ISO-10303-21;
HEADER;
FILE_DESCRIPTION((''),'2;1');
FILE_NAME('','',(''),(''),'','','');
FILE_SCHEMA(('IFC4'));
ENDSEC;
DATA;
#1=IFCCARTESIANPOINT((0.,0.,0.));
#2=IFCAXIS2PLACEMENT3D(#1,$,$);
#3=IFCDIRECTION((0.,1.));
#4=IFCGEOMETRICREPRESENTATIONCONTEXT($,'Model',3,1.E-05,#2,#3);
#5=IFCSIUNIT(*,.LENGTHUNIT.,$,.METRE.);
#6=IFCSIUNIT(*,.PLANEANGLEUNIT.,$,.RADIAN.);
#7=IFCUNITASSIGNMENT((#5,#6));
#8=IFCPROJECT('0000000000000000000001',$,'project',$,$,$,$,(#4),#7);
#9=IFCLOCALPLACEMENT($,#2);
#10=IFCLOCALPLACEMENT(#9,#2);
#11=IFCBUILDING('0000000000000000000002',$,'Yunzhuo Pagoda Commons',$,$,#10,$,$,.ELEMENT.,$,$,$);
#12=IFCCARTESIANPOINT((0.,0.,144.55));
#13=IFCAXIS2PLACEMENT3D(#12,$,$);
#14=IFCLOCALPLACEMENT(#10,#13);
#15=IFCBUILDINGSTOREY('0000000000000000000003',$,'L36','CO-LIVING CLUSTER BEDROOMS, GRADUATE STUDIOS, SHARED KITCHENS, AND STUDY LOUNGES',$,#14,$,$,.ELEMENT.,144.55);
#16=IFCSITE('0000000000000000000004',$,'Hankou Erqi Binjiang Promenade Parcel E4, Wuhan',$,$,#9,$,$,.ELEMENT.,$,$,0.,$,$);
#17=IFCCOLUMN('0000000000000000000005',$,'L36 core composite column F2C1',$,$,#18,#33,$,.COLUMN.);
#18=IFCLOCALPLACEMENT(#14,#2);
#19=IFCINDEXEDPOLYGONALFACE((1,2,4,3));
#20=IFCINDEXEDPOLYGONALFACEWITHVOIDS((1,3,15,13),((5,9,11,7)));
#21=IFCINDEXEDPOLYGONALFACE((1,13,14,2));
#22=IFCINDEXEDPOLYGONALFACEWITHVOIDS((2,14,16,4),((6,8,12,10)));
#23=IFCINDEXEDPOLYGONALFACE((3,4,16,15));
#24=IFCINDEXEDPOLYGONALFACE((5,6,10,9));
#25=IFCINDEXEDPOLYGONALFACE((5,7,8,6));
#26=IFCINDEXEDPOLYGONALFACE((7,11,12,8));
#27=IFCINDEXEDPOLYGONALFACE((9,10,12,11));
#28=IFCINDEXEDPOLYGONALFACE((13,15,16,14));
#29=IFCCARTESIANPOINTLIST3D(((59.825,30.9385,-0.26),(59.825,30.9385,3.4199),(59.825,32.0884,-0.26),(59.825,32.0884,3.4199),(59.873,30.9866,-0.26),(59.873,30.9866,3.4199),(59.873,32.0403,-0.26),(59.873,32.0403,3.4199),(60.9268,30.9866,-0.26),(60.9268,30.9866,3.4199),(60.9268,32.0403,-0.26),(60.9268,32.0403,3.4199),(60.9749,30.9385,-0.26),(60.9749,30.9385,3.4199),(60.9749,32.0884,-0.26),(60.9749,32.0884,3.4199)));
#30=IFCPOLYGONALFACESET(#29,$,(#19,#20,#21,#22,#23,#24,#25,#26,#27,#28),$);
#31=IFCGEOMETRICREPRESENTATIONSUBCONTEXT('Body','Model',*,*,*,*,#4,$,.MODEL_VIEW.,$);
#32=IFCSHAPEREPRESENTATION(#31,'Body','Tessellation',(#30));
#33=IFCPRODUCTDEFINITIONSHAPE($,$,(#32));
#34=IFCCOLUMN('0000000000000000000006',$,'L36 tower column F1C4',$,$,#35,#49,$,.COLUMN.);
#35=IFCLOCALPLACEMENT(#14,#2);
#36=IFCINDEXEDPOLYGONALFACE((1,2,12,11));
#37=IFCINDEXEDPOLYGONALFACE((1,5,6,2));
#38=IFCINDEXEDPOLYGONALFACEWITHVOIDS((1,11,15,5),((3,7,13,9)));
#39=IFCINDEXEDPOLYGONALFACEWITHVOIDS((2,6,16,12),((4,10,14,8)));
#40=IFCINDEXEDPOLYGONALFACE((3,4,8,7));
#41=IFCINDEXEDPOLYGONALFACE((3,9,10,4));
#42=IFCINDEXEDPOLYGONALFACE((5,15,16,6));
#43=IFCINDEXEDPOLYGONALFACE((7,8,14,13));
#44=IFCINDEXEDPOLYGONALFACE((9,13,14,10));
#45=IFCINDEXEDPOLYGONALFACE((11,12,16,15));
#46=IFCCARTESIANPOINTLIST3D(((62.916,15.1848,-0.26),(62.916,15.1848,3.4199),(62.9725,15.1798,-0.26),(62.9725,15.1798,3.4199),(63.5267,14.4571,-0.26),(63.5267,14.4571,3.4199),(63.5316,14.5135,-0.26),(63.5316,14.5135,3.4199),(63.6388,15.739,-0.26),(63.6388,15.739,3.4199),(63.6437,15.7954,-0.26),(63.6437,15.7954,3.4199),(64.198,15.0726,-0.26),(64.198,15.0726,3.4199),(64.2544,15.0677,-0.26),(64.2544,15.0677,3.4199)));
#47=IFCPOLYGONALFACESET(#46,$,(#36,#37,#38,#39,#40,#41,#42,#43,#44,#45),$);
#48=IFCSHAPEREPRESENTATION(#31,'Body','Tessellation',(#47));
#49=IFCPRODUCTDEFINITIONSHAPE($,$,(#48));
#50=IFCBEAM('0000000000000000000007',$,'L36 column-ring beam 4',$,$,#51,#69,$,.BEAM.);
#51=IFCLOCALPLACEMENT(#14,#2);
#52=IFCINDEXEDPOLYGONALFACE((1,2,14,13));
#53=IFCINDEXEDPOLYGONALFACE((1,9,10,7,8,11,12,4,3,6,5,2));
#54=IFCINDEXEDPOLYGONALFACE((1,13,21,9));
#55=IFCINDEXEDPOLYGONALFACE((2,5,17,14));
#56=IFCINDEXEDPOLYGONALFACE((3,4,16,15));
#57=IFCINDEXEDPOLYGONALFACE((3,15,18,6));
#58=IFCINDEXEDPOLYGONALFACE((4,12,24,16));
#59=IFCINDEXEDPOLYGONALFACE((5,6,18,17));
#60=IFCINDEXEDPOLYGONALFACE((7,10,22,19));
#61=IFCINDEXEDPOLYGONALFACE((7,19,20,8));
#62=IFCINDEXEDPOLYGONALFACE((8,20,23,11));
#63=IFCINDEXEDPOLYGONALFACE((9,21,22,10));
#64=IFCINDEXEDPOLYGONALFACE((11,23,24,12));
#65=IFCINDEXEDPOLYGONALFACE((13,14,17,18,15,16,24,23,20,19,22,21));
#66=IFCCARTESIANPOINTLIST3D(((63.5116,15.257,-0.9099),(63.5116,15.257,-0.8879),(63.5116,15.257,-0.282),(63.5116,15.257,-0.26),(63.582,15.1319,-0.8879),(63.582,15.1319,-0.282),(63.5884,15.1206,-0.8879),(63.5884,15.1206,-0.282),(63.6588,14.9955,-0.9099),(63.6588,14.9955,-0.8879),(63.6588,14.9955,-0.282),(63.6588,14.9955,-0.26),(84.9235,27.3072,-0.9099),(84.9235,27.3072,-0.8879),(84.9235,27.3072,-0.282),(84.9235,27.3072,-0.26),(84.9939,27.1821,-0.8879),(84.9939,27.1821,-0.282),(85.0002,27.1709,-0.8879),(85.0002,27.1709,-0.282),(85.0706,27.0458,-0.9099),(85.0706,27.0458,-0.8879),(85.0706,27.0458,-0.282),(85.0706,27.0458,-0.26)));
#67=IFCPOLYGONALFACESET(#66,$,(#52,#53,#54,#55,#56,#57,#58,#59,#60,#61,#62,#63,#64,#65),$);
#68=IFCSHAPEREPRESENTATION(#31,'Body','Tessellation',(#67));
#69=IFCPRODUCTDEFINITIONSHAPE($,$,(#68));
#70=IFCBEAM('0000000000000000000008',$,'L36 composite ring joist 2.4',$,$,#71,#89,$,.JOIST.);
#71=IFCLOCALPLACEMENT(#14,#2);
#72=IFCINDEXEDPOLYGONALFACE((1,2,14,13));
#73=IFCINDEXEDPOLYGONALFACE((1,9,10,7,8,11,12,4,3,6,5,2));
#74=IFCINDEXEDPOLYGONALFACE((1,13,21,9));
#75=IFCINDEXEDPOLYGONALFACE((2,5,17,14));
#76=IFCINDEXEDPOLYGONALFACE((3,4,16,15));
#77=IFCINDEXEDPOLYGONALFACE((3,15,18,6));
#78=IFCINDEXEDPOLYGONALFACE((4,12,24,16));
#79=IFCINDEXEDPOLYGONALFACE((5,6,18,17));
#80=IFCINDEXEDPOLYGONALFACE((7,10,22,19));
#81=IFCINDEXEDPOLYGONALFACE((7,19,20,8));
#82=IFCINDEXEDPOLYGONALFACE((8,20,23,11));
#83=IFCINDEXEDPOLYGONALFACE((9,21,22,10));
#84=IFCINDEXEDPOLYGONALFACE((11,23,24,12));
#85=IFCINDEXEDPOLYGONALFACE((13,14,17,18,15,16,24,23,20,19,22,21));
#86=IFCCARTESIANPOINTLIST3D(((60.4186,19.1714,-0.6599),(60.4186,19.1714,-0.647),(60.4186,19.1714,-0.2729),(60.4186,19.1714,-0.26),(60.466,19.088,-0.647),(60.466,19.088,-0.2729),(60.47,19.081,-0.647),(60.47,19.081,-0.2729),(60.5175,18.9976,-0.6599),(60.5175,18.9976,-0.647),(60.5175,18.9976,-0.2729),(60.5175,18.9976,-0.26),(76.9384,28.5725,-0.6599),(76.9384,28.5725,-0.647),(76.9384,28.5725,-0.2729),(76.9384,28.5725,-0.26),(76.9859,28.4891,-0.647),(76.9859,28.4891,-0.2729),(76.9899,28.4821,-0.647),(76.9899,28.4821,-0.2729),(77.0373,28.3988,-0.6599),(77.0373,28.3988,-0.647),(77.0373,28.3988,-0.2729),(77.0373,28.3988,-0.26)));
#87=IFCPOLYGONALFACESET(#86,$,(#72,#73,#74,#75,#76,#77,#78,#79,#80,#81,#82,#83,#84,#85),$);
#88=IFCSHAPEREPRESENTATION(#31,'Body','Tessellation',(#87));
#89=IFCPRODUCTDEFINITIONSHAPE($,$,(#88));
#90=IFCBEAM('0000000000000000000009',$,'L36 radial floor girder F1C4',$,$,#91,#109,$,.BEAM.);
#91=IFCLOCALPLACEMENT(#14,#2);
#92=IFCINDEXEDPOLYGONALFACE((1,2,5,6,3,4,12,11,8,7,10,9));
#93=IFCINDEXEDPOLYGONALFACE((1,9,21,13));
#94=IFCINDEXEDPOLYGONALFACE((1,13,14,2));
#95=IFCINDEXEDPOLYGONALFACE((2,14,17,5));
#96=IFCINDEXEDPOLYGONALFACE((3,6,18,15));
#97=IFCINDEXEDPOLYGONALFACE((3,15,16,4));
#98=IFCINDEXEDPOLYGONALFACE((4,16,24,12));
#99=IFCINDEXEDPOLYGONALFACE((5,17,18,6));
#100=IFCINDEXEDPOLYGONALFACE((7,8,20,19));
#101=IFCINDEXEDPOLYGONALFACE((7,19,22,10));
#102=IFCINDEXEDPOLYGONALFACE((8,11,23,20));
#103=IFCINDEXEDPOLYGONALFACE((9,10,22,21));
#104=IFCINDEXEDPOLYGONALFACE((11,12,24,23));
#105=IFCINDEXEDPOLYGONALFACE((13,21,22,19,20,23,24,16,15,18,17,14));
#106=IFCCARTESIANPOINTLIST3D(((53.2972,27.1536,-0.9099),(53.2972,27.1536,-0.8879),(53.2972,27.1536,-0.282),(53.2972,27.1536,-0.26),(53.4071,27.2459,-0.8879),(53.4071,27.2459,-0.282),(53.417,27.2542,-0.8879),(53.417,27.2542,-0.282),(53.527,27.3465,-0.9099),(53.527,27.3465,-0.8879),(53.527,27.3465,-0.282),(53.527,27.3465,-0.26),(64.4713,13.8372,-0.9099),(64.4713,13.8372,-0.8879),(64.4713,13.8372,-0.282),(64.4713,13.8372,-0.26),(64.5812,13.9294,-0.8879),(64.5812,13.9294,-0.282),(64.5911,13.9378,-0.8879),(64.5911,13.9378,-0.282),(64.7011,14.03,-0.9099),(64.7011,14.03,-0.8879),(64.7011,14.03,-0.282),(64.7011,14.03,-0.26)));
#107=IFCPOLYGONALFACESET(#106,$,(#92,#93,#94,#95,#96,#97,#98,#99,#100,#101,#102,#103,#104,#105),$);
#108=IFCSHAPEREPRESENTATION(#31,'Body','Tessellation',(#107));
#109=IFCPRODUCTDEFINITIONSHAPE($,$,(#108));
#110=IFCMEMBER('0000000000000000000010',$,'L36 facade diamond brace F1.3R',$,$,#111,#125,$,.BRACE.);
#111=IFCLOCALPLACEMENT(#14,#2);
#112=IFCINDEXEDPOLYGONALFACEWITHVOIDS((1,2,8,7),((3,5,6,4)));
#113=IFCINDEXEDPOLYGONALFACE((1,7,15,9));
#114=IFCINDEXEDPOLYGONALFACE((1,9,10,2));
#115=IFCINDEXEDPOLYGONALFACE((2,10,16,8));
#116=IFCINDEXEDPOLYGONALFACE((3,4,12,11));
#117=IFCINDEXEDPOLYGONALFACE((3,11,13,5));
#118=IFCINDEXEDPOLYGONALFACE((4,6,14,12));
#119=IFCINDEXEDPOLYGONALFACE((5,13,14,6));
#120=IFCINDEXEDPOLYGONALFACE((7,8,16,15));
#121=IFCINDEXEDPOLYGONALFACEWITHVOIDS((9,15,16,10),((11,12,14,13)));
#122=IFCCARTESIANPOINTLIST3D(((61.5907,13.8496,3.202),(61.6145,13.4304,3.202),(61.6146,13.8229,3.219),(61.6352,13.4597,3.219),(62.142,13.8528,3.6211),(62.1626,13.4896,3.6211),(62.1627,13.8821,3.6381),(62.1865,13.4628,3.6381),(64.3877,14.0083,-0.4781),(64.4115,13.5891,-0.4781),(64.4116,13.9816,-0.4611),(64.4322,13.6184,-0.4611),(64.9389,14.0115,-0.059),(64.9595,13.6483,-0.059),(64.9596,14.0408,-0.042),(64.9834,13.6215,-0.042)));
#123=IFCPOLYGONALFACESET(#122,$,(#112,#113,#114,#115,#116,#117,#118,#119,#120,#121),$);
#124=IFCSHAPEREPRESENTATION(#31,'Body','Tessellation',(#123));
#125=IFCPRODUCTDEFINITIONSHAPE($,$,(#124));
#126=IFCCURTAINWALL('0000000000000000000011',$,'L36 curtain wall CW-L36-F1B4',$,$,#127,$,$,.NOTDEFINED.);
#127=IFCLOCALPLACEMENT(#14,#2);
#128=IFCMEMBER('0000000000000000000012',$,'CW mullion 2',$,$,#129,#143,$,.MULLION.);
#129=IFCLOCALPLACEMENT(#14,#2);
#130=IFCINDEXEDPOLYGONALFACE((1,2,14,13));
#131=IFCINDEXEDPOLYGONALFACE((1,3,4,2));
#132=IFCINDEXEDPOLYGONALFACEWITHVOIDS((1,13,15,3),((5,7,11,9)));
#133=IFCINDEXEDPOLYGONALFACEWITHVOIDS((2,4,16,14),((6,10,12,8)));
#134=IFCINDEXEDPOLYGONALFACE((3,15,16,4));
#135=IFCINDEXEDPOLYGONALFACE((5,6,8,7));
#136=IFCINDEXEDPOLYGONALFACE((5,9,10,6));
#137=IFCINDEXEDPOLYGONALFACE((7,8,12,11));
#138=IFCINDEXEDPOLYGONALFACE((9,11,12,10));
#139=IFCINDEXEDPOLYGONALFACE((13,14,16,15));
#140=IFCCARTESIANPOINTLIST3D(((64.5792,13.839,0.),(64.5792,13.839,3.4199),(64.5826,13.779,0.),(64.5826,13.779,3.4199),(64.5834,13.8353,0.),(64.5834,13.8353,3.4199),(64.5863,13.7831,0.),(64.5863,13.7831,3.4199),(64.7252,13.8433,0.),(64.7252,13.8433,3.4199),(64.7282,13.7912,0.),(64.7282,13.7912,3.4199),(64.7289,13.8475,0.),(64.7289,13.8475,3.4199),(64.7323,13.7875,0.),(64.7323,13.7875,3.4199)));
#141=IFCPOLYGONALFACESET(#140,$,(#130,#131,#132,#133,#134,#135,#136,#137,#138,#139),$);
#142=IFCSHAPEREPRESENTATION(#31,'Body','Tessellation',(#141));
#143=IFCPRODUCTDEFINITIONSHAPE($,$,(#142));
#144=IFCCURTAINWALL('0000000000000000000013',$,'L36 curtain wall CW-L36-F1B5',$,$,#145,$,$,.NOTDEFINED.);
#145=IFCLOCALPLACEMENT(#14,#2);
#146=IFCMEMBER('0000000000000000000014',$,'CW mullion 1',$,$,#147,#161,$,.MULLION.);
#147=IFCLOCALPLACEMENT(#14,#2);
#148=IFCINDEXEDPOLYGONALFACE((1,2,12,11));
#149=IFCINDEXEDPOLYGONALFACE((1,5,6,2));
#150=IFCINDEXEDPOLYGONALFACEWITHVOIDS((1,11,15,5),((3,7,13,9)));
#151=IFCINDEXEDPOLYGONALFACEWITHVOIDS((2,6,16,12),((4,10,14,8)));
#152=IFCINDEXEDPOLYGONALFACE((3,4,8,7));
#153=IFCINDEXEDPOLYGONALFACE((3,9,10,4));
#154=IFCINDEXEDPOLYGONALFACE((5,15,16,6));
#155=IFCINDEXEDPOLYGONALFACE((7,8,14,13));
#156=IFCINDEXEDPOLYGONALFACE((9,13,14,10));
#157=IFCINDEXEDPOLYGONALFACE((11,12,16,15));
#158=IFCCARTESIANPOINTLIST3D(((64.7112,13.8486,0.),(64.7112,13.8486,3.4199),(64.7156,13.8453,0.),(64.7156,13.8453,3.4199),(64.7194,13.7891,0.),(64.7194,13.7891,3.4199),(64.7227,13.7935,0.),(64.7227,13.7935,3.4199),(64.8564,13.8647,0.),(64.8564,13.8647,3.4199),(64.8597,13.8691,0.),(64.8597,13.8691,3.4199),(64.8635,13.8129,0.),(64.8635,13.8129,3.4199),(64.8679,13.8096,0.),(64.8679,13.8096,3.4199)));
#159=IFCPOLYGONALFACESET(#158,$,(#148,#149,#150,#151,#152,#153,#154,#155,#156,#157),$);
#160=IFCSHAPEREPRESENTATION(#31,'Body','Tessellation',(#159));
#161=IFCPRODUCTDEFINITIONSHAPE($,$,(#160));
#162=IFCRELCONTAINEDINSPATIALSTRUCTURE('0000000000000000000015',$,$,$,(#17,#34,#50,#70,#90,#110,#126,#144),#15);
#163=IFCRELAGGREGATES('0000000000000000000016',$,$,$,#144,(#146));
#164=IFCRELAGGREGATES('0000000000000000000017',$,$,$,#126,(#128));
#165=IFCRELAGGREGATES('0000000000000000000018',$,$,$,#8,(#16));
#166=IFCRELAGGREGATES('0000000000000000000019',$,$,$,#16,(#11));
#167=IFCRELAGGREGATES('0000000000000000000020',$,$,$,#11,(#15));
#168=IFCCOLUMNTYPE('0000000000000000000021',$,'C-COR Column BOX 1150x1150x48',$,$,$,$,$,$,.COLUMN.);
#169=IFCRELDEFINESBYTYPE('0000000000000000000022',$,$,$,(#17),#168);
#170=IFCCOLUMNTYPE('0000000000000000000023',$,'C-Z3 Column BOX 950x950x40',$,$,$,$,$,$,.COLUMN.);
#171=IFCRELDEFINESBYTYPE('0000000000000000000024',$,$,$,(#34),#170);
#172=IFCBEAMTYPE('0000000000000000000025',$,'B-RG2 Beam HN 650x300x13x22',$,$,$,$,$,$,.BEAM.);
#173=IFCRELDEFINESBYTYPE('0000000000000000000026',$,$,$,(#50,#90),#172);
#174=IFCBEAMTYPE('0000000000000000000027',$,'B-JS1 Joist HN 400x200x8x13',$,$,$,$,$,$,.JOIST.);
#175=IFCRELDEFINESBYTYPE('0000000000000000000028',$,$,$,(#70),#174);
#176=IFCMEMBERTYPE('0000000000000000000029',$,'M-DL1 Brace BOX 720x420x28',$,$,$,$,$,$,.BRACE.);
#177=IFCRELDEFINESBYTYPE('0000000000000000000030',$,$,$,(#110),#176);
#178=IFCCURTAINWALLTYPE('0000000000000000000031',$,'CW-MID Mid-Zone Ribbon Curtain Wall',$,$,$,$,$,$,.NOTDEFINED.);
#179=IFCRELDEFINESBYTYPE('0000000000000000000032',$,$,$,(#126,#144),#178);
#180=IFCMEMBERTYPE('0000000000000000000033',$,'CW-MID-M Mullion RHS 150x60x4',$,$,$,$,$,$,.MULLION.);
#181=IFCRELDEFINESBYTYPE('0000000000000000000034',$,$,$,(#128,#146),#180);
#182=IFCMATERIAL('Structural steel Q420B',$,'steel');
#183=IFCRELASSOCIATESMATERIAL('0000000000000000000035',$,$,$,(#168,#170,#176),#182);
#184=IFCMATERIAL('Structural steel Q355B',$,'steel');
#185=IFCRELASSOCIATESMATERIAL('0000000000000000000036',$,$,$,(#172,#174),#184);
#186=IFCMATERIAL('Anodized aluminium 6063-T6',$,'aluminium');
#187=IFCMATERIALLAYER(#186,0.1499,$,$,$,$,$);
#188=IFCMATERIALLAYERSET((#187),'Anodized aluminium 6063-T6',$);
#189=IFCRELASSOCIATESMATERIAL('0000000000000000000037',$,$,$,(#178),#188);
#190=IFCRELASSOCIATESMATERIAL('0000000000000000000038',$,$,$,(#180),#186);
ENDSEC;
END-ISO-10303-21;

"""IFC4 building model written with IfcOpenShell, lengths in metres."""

from ifc_helpers import new_model, si_unit, direction, frame, origin, origin_2d, place, context, subcontext, project, spatial, hollow_rectangle, i_section, extrude, source, transform, mapped, material, layer, layer_set, material_profile, profile_set, type_object, element, aggregate, save


model = new_model("IFC4")

# Units and contexts
model_context = context("Model", 3, precision=1e-05, world=origin(), true_north=direction((0.0, 1.0)))
body_context = subcontext(model_context, "Body", "Model", "MODEL_VIEW")
ifc_project = project(units=[si_unit("LENGTHUNIT", "METRE"), si_unit("PLANEANGLEUNIT", "RADIAN")], contexts=[model_context])

# Site, building, storey
site_placement = place(None, origin())
site = spatial("IfcSite", under=ifc_project, at=site_placement, Name="Hankou Erqi Binjiang Promenade Parcel E4, Wuhan", CompositionType="ELEMENT", RefElevation=0.0)
building_placement = place(site_placement, origin())
building = spatial("IfcBuilding", under=site, at=building_placement, Name="Yunzhuo Pagoda Commons", CompositionType="ELEMENT")
storey_placement = place(building_placement, frame((0.0, 0.0, 144.55)))
storey = spatial("IfcBuildingStorey", under=building, at=storey_placement, Name="L36", Description="CO-LIVING CLUSTER BEDROOMS, GRADUATE STUDIOS, SHARED KITCHENS, AND STUDY LOUNGES", CompositionType="ELEMENT", Elevation=144.55)

# Columns
ifc_material_1 = material(Name="Structural steel Q420B", Category="steel")
ifc_material_profile_1 = material_profile(ifc_material_1, hollow_rectangle(XDim=1.1499, YDim=1.1499, WallThickness=0.0481, at=origin_2d()), Name="Structural steel Q420B")
ifc_profile_set_1 = profile_set([ifc_material_profile_1], Name="Structural steel Q420B")
column_type_1 = type_object("IfcColumnType", Name="C-COR Column BOX 1150x1150x48", PredefinedType="COLUMN", material=ifc_profile_set_1)
shared_shape_1 = source(origin(), body_context, "Body", "SweptSolid", [
    extrude(hollow_rectangle(XDim=1.1499, YDim=1.1499, WallThickness=0.0481, at=origin_2d()), origin(), (0.0, 0.0, 1.0), 3.6799),
])
column_1_placement = place(storey_placement, frame((60.3999, 31.5134, -0.26), z_axis=(0.0, 0.0, 1.0), x_axis=(1.0, 0.0, 0.0)))
element("IfcColumn", 1, at=column_1_placement, inside=storey, type_object=column_type_1, Name="L36 core composite column F2C1", PredefinedType="COLUMN", context=body_context, shape_type="MappedRepresentation", body=[
    mapped(shared_shape_1, transform((0.0, 0.0, 0.0), scale=1.0)),
])
ifc_material_profile_2 = material_profile(ifc_material_1, hollow_rectangle(XDim=0.95, YDim=0.95, WallThickness=0.04, at=origin_2d()), Name="Structural steel Q420B")
ifc_profile_set_2 = profile_set([ifc_material_profile_2], Name="Structural steel Q420B")
column_type_2 = type_object("IfcColumnType", Name="C-Z3 Column BOX 950x950x40", PredefinedType="COLUMN", material=ifc_profile_set_2)
shared_shape_2 = source(origin(), body_context, "Body", "SweptSolid", [
    extrude(hollow_rectangle(XDim=0.95, YDim=0.95, WallThickness=0.04, at=origin_2d()), origin(), (0.0, 0.0, 1.0), 3.6799),
])
column_2_placement = place(storey_placement, frame((63.5852, 15.1262, -0.26), z_axis=(0.0, 0.0, 1.0), x_axis=(0.766044, 0.642788, 0.0)))
element("IfcColumn", 2, at=column_2_placement, inside=storey, type_object=column_type_2, Name="L36 tower column F1C4", PredefinedType="COLUMN", context=body_context, shape_type="MappedRepresentation", body=[
    mapped(shared_shape_2, transform((0.0, 0.0, 0.0), scale=1.0)),
])

# Beams
ifc_material_2 = material(Name="Structural steel Q355B", Category="steel")
ifc_material_profile_3 = material_profile(ifc_material_2, i_section(OverallWidth=0.3, OverallDepth=0.6499, WebThickness=0.0129, FlangeThickness=0.022, at=origin_2d()), Name="Structural steel Q355B")
ifc_profile_set_3 = profile_set([ifc_material_profile_3], Name="Structural steel Q355B")
beam_type_1 = type_object("IfcBeamType", Name="B-RG2 Beam HN 650x300x13x22", PredefinedType="BEAM", material=ifc_profile_set_3)
shared_shape_3 = source(origin(), body_context, "Body", "SweptSolid", [
    extrude(i_section(OverallWidth=0.3, OverallDepth=0.6499, WebThickness=0.0129, FlangeThickness=0.022, at=origin_2d()), origin(), (0.0, 0.0, 1.0), 24.5698),
])
beam_1_placement = place(storey_placement, frame((63.5852, 15.1262, -0.585), z_axis=(0.871469, 0.49045, 0.0), x_axis=(-0.49045, 0.871469, 0.0)))
element("IfcBeam", 3, at=beam_1_placement, inside=storey, type_object=beam_type_1, Name="L36 column-ring beam 4", PredefinedType="BEAM", context=body_context, shape_type="MappedRepresentation", body=[
    mapped(shared_shape_3, transform((0.0, 0.0, 0.0), scale=1.0)),
])
ifc_material_profile_4 = material_profile(ifc_material_2, i_section(OverallWidth=0.2, OverallDepth=0.3999, WebThickness=0.0081, FlangeThickness=0.0129, at=origin_2d()), Name="Structural steel Q355B")
ifc_profile_set_4 = profile_set([ifc_material_profile_4], Name="Structural steel Q355B")
beam_type_2 = type_object("IfcBeamType", Name="B-JS1 Joist HN 400x200x8x13", PredefinedType="JOIST", material=ifc_profile_set_4)
shared_shape_4 = source(origin(), body_context, "Body", "SweptSolid", [
    extrude(i_section(OverallWidth=0.2, OverallDepth=0.3999, WebThickness=0.0081, FlangeThickness=0.0129, at=origin_2d()), origin(), (0.0, 0.0, 1.0), 19.0076),
])
beam_2_placement = place(storey_placement, frame((60.468, 19.0845, -0.46), z_axis=(0.86912, 0.494601, 0.0), x_axis=(-0.494601, 0.86912, 0.0)))
element("IfcBeam", 4, at=beam_2_placement, inside=storey, type_object=beam_type_2, Name="L36 composite ring joist 2.4", PredefinedType="JOIST", context=body_context, shape_type="MappedRepresentation", body=[
    mapped(shared_shape_4, transform((0.0, 0.0, 0.0), scale=1.0)),
])
shared_shape_5 = source(origin(), body_context, "Body", "SweptSolid", [
    extrude(i_section(OverallWidth=0.3, OverallDepth=0.6499, WebThickness=0.0129, FlangeThickness=0.022, at=origin_2d()), origin(), (0.0, 0.0, 1.0), 17.3835),
])
beam_3_placement = place(storey_placement, frame((64.5862, 13.9336, -0.585), z_axis=(-0.642797, 0.766036, 0.0), x_axis=(-0.766036, -0.642797, 0.0)))
element("IfcBeam", 5, at=beam_3_placement, inside=storey, type_object=beam_type_1, Name="L36 radial floor girder F1C4", PredefinedType="BEAM", context=body_context, shape_type="MappedRepresentation", body=[
    mapped(shared_shape_5, transform((0.0, 0.0, 0.0), scale=1.0)),
])

# Member
ifc_material_profile_5 = material_profile(ifc_material_1, hollow_rectangle(XDim=0.4199, YDim=0.72, WallThickness=0.0281, at=origin_2d()), Name="Structural steel Q420B")
ifc_profile_set_5 = profile_set([ifc_material_profile_5], Name="Structural steel Q420B")
member_type_1 = type_object("IfcMemberType", Name="M-DL1 Brace BOX 720x420x28", PredefinedType="BRACE", material=ifc_profile_set_5)
shared_shape_6 = source(origin(), body_context, "Body", "SweptSolid", [
    extrude(hollow_rectangle(XDim=0.4199, YDim=0.72, WallThickness=0.0281, at=origin_2d()), origin(), (0.0, 0.0, 1.0), 4.625),
])
member_1_placement = place(storey_placement, frame((64.6855, 13.8149, -0.26), z_axis=(-0.604744, -0.034312, 0.79568), x_axis=(0.056648, -0.998394, 0.0)))
element("IfcMember", 6, at=member_1_placement, inside=storey, type_object=member_type_1, Name="L36 facade diamond brace F1.3R", PredefinedType="BRACE", context=body_context, shape_type="MappedRepresentation", body=[
    mapped(shared_shape_6, transform((0.0, 0.0, 0.0), scale=1.0)),
])

# Curtain wall, member
ifc_material_3 = material(Name="Anodized aluminium 6063-T6", Category="aluminium")
ifc_layer_1 = layer(ifc_material_3, 0.1499)
ifc_layer_set_1 = layer_set([ifc_layer_1], Name="Anodized aluminium 6063-T6")
curtain_wall_type = type_object("IfcCurtainWallType", Name="CW-MID Mid-Zone Ribbon Curtain Wall", PredefinedType="NOTDEFINED", material=ifc_layer_set_1)
curtain_wall_1_placement = place(storey_placement, origin())
curtain_wall_1 = element("IfcCurtainWall", 7, at=curtain_wall_1_placement, inside=storey, type_object=curtain_wall_type, Name="L36 curtain wall CW-L36-F1B4", PredefinedType="NOTDEFINED")
ifc_material_profile_6 = material_profile(ifc_material_3, hollow_rectangle(XDim=0.0601, YDim=0.1499, WallThickness=0.0039, at=origin_2d()), Name="Anodized aluminium 6063-T6")
ifc_profile_set_6 = profile_set([ifc_material_profile_6], Name="Anodized aluminium 6063-T6")
member_type_2 = type_object("IfcMemberType", Name="CW-MID-M Mullion RHS 150x60x4", PredefinedType="MULLION", material=ifc_profile_set_6)
shared_shape_7 = source(origin(), body_context, "Body", "SweptSolid", [
    extrude(hollow_rectangle(XDim=0.0601, YDim=0.1499, WallThickness=0.0039, at=origin_2d()), origin(), (0.0, 0.0, 1.0), 3.4199),
])
member_2_placement = place(storey_placement, frame((64.6558, 13.8132, 0.0), z_axis=(0.0, 0.0, 1.0), x_axis=(-0.056597, 0.998397, 0.0)))
member_2 = element("IfcMember", 8, at=member_2_placement, type_object=member_type_2, Name="CW mullion 2", PredefinedType="MULLION", context=body_context, shape_type="MappedRepresentation", body=[
    mapped(shared_shape_7, transform((0.0, 0.0, 0.0), scale=1.0)),
])

# Curtain wall, member
curtain_wall_2_placement = place(storey_placement, origin())
curtain_wall_2 = element("IfcCurtainWall", 9, at=curtain_wall_2_placement, inside=storey, type_object=curtain_wall_type, Name="L36 curtain wall CW-L36-F1B5", PredefinedType="NOTDEFINED")
member_3_placement = place(storey_placement, frame((64.7896, 13.8291, 0.0), z_axis=(0.0, 0.0, 1.0), x_axis=(-0.136221, 0.990679, 0.0)))
member_3 = element("IfcMember", 10, at=member_3_placement, type_object=member_type_2, Name="CW mullion 1", PredefinedType="MULLION", context=body_context, shape_type="MappedRepresentation", body=[
    mapped(shared_shape_7, transform((0.0, 0.0, 0.0), scale=1.0)),
])
aggregate(curtain_wall_2, [member_3])

aggregate(curtain_wall_1, [member_2])

save(model, "model.ifc")
